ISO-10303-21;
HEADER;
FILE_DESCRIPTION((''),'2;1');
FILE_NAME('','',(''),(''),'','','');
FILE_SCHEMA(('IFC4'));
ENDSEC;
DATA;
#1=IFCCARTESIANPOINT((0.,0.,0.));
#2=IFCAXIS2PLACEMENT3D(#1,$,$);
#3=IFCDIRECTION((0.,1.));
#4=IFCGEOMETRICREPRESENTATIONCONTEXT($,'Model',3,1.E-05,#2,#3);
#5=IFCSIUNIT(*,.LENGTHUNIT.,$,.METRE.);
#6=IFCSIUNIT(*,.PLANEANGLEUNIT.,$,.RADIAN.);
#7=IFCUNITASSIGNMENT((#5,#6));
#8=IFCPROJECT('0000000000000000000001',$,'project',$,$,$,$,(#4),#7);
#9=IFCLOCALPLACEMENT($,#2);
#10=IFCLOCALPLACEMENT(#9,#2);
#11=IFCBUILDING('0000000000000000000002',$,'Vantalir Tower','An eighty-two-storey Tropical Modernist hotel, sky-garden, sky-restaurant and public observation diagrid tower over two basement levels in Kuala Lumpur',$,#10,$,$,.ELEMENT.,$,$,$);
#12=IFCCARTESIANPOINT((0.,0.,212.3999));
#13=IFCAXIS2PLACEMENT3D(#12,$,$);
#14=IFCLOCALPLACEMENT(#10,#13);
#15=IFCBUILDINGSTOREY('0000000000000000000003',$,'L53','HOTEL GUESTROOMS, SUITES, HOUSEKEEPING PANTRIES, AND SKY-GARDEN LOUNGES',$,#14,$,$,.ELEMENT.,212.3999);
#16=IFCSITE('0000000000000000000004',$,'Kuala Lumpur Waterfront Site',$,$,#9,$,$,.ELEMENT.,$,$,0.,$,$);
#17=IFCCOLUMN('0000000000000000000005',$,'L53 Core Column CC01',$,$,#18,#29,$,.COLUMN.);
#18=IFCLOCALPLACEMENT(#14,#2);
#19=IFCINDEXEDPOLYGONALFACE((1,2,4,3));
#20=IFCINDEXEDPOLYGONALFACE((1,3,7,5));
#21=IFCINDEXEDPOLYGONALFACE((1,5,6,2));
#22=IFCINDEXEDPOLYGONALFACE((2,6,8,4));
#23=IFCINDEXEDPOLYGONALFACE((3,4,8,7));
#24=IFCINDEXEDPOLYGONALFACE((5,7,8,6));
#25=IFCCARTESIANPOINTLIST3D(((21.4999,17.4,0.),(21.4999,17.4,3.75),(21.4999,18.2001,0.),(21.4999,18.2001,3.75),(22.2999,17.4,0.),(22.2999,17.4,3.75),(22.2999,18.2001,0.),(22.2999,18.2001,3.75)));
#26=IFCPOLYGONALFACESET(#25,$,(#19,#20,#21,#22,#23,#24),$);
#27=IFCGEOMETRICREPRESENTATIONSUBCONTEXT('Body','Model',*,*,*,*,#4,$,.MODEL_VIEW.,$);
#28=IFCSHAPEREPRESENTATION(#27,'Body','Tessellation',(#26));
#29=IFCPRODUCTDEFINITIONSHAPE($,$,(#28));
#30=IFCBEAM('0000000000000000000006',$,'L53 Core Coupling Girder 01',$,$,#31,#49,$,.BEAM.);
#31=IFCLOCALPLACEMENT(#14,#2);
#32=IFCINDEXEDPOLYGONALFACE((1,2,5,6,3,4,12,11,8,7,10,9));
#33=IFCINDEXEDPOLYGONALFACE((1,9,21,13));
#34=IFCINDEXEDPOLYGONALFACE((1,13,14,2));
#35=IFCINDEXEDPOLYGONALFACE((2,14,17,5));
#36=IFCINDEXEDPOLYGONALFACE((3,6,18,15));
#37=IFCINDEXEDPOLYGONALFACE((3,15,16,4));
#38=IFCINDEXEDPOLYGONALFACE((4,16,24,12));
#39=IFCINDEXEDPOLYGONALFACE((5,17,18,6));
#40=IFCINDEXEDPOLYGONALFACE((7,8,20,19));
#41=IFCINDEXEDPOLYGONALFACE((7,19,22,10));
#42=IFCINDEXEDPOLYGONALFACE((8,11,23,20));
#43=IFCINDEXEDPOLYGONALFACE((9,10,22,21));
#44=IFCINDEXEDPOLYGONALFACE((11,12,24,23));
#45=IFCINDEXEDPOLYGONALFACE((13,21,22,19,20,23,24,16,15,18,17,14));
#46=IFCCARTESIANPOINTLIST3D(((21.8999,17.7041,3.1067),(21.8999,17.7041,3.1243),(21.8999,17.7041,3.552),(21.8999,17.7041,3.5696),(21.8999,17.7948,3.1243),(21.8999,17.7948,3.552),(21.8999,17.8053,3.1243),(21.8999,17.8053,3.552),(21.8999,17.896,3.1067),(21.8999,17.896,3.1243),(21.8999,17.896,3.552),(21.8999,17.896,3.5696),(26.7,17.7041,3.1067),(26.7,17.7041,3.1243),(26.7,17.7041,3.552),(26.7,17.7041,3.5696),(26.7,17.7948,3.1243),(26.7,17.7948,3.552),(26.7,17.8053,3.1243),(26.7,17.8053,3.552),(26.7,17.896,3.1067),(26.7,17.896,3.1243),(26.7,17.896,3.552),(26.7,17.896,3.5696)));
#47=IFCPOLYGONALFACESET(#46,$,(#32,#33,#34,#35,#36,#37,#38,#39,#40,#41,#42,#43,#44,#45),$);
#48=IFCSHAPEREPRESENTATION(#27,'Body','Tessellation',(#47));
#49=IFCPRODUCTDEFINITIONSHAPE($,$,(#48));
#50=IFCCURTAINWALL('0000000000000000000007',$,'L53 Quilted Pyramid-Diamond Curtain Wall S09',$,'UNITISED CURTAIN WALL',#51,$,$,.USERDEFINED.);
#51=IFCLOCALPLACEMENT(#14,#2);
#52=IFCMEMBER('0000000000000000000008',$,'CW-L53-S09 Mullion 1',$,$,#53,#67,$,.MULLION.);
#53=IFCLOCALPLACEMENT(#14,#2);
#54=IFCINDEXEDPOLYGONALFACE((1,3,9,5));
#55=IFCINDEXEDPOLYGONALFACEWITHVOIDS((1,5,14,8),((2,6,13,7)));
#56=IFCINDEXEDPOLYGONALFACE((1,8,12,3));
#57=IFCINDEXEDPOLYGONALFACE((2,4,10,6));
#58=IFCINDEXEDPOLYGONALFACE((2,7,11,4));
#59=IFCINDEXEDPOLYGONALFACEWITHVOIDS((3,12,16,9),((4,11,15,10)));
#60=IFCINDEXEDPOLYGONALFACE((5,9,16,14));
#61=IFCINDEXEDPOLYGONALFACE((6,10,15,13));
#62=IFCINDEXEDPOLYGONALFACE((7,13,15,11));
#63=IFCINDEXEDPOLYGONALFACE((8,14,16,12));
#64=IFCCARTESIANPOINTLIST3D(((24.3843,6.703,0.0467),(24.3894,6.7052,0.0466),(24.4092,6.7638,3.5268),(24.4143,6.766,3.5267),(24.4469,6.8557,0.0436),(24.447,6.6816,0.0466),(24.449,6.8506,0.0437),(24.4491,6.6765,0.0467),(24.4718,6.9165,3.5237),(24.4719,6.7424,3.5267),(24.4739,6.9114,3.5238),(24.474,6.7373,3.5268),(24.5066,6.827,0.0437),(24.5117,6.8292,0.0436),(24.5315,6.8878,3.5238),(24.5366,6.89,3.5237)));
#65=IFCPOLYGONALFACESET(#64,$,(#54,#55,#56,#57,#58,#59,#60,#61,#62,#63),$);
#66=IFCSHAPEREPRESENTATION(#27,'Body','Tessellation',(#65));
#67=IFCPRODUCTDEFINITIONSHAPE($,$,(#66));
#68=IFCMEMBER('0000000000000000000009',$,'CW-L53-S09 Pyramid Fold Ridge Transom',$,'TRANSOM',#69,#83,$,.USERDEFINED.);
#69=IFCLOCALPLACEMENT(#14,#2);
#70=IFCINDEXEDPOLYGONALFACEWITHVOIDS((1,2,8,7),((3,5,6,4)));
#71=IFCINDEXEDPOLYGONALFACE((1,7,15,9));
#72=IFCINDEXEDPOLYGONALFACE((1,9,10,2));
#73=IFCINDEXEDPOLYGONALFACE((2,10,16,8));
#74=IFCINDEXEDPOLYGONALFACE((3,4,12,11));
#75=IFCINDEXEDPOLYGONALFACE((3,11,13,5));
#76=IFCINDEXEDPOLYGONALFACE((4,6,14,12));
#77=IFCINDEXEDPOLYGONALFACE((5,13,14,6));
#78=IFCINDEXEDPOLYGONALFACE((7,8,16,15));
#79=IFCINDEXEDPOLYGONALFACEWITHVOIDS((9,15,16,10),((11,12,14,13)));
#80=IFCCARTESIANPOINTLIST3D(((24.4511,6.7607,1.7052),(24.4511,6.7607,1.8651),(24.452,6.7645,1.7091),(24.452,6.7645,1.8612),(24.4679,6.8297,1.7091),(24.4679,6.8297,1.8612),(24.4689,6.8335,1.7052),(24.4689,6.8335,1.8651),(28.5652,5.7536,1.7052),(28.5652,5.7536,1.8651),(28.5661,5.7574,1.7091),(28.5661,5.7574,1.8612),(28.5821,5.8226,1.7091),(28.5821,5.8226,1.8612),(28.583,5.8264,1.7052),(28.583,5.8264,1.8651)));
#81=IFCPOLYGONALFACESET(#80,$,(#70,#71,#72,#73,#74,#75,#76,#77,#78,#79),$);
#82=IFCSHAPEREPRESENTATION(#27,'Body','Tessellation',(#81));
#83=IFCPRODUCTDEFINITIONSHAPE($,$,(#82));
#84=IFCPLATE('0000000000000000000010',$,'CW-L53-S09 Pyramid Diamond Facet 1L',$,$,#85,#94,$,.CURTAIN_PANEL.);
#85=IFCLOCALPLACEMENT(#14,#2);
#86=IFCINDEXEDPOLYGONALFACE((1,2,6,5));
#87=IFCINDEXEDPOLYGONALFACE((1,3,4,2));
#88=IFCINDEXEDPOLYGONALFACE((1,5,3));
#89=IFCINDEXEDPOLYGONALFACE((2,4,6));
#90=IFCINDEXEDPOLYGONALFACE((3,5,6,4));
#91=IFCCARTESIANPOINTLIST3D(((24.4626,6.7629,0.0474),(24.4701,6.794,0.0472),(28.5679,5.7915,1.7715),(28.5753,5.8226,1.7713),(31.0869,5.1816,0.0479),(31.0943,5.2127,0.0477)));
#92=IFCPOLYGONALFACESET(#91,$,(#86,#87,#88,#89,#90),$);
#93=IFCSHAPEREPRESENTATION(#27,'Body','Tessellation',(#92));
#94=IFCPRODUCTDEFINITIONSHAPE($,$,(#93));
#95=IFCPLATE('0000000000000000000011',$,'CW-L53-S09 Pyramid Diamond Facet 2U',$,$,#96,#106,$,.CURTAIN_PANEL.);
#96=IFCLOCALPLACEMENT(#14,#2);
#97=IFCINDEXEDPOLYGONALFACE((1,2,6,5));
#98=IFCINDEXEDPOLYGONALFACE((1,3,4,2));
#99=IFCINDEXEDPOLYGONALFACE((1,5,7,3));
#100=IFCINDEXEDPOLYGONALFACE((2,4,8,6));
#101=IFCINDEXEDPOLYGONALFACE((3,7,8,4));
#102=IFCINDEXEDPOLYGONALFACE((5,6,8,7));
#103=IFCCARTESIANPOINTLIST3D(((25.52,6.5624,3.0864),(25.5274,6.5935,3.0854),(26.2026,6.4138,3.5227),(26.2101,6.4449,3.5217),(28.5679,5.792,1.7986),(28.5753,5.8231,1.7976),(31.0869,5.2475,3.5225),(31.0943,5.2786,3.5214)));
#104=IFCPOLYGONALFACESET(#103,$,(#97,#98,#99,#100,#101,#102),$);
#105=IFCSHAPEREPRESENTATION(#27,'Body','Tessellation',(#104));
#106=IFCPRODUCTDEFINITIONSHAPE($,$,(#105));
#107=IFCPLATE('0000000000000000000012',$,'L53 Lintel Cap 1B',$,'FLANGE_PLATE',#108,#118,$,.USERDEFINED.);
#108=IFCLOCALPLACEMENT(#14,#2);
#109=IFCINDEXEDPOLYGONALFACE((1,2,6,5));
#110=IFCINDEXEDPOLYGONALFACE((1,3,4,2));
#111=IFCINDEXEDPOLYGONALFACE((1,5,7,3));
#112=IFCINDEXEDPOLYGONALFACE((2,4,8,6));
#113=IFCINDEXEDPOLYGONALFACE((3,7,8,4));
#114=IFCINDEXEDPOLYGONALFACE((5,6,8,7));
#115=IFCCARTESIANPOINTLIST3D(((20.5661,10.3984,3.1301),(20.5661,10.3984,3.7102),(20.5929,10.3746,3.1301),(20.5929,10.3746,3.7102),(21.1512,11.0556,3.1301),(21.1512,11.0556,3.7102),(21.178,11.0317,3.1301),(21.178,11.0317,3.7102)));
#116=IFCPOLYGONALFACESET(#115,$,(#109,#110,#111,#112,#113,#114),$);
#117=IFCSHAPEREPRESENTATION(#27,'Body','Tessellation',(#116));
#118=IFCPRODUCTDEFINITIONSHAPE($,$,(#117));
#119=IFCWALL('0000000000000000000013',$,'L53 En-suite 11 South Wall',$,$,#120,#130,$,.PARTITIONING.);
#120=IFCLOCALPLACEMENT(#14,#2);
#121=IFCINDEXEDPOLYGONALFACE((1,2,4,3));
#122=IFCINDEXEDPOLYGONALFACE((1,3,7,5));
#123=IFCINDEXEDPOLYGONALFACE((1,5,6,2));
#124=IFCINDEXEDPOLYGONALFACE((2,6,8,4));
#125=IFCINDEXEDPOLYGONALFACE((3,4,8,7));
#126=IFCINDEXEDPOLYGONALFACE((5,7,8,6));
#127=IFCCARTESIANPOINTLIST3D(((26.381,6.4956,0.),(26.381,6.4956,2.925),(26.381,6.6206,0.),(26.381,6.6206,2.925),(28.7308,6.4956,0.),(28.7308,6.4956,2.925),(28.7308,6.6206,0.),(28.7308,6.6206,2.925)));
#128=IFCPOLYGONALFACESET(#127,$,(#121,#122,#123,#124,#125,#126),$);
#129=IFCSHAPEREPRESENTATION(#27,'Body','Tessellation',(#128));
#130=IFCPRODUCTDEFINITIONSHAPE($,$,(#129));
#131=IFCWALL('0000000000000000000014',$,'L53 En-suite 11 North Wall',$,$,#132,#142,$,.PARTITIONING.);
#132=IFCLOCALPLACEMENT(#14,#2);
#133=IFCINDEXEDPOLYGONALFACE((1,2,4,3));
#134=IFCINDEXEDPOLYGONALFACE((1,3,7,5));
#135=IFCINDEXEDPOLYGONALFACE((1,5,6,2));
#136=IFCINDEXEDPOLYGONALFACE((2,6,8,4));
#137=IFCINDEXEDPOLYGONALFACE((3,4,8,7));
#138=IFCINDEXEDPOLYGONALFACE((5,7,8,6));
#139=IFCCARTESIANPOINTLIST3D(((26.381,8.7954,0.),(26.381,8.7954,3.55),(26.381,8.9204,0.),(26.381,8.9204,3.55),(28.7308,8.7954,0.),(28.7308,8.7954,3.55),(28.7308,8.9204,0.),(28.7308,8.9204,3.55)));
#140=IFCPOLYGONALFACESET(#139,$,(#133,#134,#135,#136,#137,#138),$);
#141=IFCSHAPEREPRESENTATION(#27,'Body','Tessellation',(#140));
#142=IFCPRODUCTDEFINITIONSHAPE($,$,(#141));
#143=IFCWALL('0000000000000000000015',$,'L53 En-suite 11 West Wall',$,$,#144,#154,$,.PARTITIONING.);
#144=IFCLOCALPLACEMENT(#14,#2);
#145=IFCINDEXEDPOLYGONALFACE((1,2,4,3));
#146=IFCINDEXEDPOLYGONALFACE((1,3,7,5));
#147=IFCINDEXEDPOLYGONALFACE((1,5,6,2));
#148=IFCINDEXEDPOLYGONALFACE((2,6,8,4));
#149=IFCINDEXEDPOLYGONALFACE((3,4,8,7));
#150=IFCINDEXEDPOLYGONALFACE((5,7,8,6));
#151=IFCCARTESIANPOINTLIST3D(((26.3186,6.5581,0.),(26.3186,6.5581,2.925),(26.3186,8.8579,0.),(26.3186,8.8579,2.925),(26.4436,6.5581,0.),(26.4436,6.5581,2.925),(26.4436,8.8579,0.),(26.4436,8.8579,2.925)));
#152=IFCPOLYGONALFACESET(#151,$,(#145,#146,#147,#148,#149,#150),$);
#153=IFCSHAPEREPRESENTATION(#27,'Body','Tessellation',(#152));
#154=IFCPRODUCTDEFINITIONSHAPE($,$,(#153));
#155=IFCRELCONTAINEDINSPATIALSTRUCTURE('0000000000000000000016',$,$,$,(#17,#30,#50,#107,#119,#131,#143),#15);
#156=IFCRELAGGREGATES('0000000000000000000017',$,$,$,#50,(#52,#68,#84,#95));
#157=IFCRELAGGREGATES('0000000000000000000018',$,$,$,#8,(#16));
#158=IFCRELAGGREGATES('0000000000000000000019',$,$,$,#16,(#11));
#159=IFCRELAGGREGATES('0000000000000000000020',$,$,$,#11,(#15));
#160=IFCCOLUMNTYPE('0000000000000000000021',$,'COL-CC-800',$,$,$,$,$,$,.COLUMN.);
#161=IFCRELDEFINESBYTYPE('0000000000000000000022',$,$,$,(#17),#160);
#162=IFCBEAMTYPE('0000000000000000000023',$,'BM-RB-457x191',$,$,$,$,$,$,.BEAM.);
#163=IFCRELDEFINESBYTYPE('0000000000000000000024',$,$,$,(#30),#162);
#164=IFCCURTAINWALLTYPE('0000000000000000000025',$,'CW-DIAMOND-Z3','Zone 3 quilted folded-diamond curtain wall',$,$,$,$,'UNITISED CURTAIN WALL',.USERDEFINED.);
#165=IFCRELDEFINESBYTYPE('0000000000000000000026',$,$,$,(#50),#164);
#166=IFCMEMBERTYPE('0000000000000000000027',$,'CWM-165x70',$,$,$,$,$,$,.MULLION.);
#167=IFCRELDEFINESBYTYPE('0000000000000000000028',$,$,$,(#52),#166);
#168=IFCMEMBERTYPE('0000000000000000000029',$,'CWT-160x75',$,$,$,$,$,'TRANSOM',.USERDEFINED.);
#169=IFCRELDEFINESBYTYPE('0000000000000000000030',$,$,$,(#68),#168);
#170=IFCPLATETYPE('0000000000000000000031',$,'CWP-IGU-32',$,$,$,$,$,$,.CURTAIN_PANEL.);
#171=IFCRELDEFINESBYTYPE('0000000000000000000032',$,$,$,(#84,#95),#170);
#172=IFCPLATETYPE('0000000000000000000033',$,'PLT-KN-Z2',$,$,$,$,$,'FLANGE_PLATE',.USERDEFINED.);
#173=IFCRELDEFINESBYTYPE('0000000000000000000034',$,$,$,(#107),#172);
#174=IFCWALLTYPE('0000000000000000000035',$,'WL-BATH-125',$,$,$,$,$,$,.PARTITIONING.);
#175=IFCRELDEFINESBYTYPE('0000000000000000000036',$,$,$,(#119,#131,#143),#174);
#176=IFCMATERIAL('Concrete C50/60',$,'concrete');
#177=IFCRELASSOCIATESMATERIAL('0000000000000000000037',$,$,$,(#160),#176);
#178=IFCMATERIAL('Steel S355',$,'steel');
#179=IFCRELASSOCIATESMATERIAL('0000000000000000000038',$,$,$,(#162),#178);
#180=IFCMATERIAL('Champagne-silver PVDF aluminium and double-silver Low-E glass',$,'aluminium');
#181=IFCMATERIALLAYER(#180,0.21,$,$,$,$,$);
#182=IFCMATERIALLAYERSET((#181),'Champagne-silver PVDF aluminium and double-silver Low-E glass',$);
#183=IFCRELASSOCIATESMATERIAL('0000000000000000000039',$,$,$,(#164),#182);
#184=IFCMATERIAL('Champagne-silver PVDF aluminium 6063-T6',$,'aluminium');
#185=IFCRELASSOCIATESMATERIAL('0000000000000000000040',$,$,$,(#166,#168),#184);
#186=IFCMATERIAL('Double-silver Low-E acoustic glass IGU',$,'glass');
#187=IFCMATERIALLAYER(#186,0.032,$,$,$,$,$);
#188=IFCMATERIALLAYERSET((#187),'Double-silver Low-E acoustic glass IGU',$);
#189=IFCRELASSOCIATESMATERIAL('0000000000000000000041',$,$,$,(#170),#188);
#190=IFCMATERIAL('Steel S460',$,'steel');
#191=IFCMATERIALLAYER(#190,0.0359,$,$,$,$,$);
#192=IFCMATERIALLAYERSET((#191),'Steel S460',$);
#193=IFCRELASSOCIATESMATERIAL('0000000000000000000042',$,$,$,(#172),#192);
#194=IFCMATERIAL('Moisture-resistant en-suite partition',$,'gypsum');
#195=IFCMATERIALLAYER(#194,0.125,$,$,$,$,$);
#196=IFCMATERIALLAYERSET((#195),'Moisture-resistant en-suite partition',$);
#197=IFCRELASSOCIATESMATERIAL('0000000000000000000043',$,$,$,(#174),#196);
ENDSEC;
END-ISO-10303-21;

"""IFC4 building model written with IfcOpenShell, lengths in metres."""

from ifc_helpers import new_model, si_unit, direction, frame, frame_2d, origin, origin_2d, place, context, subcontext, project, spatial, polyline, rectangle, hollow_rectangle, i_section, outline, extrude, material, layer, layer_set, material_profile, profile_set, type_object, element, aggregate, save


model = new_model("IFC4")

# Units and contexts
model_context = context("Model", 3, precision=1e-05, world=origin(), true_north=direction((0.0, 1.0)))
body_context = subcontext(model_context, "Body", "Model", "MODEL_VIEW")
ifc_project = project(units=[si_unit("LENGTHUNIT", "METRE"), si_unit("PLANEANGLEUNIT", "RADIAN")], contexts=[model_context])

# Site, building, storey
site_placement = place(None, origin())
site = spatial("IfcSite", under=ifc_project, at=site_placement, Name="Kuala Lumpur Waterfront Site", CompositionType="ELEMENT", RefElevation=0.0)
building_placement = place(site_placement, origin())
building = spatial("IfcBuilding", under=site, at=building_placement, Name="Vantalir Tower", Description="An eighty-two-storey Tropical Modernist hotel, sky-garden, sky-restaurant and public observation diagrid tower over two basement levels in Kuala Lumpur", CompositionType="ELEMENT")
storey_placement = place(building_placement, frame((0.0, 0.0, 212.3999)))
storey = spatial("IfcBuildingStorey", under=building, at=storey_placement, Name="L53", Description="HOTEL GUESTROOMS, SUITES, HOUSEKEEPING PANTRIES, AND SKY-GARDEN LOUNGES", CompositionType="ELEMENT", Elevation=212.3999)

# Column
ifc_material_1 = material(Name="Concrete C50/60", Category="concrete")
ifc_material_profile_1 = material_profile(ifc_material_1, rectangle(XDim=0.8, YDim=0.8, at=origin_2d()), Name="Concrete C50/60")
ifc_profile_set_1 = profile_set([ifc_material_profile_1], Name="Concrete C50/60")
column_type = type_object("IfcColumnType", Name="COL-CC-800", PredefinedType="COLUMN", material=ifc_profile_set_1)
column_placement = place(storey_placement, frame((21.8999, 17.8, 0.0), z_axis=(0.0, 0.0, 1.0), x_axis=(1.0, 0.0, 0.0)))
element("IfcColumn", 1, at=column_placement, inside=storey, type_object=column_type, Name="L53 Core Column CC01", PredefinedType="COLUMN", context=body_context, shape_type="SweptSolid", body=[
    extrude(rectangle(XDim=0.8, YDim=0.8, at=origin_2d()), origin(), (0.0, 0.0, 1.0), 3.75),
])

# Beam
ifc_material_2 = material(Name="Steel S355", Category="steel")
ifc_material_profile_2 = material_profile(ifc_material_2, i_section(OverallWidth=0.1919, OverallDepth=0.4629, WebThickness=0.0105, FlangeThickness=0.0176, at=origin_2d()), Name="Steel S355")
ifc_profile_set_2 = profile_set([ifc_material_profile_2], Name="Steel S355")
beam_type = type_object("IfcBeamType", Name="BM-RB-457x191", PredefinedType="BEAM", material=ifc_profile_set_2)
beam_placement = place(storey_placement, frame((21.8999, 17.8, 3.3381), z_axis=(1.0, 0.0, 0.0), x_axis=(0.0, 1.0, 0.0)))
element("IfcBeam", 2, at=beam_placement, inside=storey, type_object=beam_type, Name="L53 Core Coupling Girder 01", PredefinedType="BEAM", context=body_context, shape_type="SweptSolid", body=[
    extrude(i_section(OverallWidth=0.1919, OverallDepth=0.4629, WebThickness=0.0105, FlangeThickness=0.0176, at=origin_2d()), origin(), (0.0, 0.0, 1.0), 4.8),
])

# Curtain wall, members, plates
ifc_material_3 = material(Name="Champagne-silver PVDF aluminium and double-silver Low-E glass", Category="aluminium")
ifc_layer_1 = layer(ifc_material_3, 0.21)
ifc_layer_set_1 = layer_set([ifc_layer_1], Name="Champagne-silver PVDF aluminium and double-silver Low-E glass")
curtain_wall_type = type_object("IfcCurtainWallType", Name="CW-DIAMOND-Z3", Description="Zone 3 quilted folded-diamond curtain wall", ElementType="UNITISED CURTAIN WALL", PredefinedType="USERDEFINED", material=ifc_layer_set_1)
curtain_wall_placement = place(storey_placement, origin())
curtain_wall = element("IfcCurtainWall", 3, at=curtain_wall_placement, inside=storey, type_object=curtain_wall_type, Name="L53 Quilted Pyramid-Diamond Curtain Wall S09", ObjectType="UNITISED CURTAIN WALL", PredefinedType="USERDEFINED")
ifc_material_4 = material(Name="Champagne-silver PVDF aluminium 6063-T6", Category="aluminium")
ifc_material_profile_3 = material_profile(ifc_material_4, hollow_rectangle(XDim=0.0701, YDim=0.165, WallThickness=0.0039, at=origin_2d()), Name="Champagne-silver PVDF aluminium 6063-T6")
ifc_profile_set_3 = profile_set([ifc_material_profile_3], Name="Champagne-silver PVDF aluminium 6063-T6")
member_type_1 = type_object("IfcMemberType", Name="CWM-165x70", PredefinedType="MULLION", material=ifc_profile_set_3)
member_1_placement = place(storey_placement, frame((24.448, 6.7661, 0.0452), z_axis=(0.007155, 0.017466, 0.999822), x_axis=(-0.925369, 0.379067, 0.0)))
member_1 = element("IfcMember", 4, at=member_1_placement, type_object=member_type_1, Name="CW-L53-S09 Mullion 1", PredefinedType="MULLION", context=body_context, shape_type="SweptSolid", body=[
    extrude(hollow_rectangle(XDim=0.0701, YDim=0.165, WallThickness=0.0039, at=origin_2d()), origin(), (0.0, 0.0, 1.0), 3.4807),
])
ifc_material_profile_4 = material_profile(ifc_material_4, hollow_rectangle(XDim=0.075, YDim=0.1599, WallThickness=0.0039, at=origin_2d()), Name="Champagne-silver PVDF aluminium 6063-T6")
ifc_profile_set_4 = profile_set([ifc_material_profile_4], Name="Champagne-silver PVDF aluminium 6063-T6")
member_type_2 = type_object("IfcMemberType", Name="CWT-160x75", ElementType="TRANSOM", PredefinedType="USERDEFINED", material=ifc_profile_set_4)
member_2_placement = place(storey_placement, frame((24.46, 6.7971, 1.7852), z_axis=(0.971321, -0.237772, 0.0), x_axis=(0.237772, 0.971321, 0.0)))
member_2 = element("IfcMember", 5, at=member_2_placement, type_object=member_type_2, Name="CW-L53-S09 Pyramid Fold Ridge Transom", ObjectType="TRANSOM", PredefinedType="USERDEFINED", context=body_context, shape_type="SweptSolid", body=[
    extrude(hollow_rectangle(XDim=0.075, YDim=0.1599, WallThickness=0.0039, at=origin_2d()), origin(), (0.0, 0.0, 1.0), 4.2356),
])
ifc_material_5 = material(Name="Double-silver Low-E acoustic glass IGU", Category="glass")
ifc_layer_2 = layer(ifc_material_5, 0.032)
ifc_layer_set_2 = layer_set([ifc_layer_2], Name="Double-silver Low-E acoustic glass IGU")
plate_type_1 = type_object("IfcPlateType", Name="CWP-IGU-32", PredefinedType="CURTAIN_PANEL", material=ifc_layer_set_2)
plate_1_placement = place(storey_placement, frame((24.4626, 6.7629, 0.0474), z_axis=(-0.232187, -0.972659, 0.004816), x_axis=(0.972671, -0.232189, 0.000072)))
plate_1 = element("IfcPlate", 6, at=plate_1_placement, type_object=plate_type_1, Name="CW-L53-S09 Pyramid Diamond Facet 1L", PredefinedType="CURTAIN_PANEL", context=body_context, shape_type="SweptSolid", body=[
    extrude(outline(polyline([(0.0, 0.0), (6.8104, 0.0), (4.2187, 1.7238), (0.0, 0.0)])), origin(), (0.0, 0.0, -1.0), 0.032),
])
plate_2_placement = place(storey_placement, frame((26.2026, 6.4138, 3.5227), z_axis=(-0.232147, -0.972149, 0.032148), x_axis=(0.972652, -0.232268, -0.000048)))
plate_2 = element("IfcPlate", 7, at=plate_2_placement, type_object=plate_type_1, Name="CW-L53-S09 Pyramid Diamond Facet 2U", PredefinedType="CURTAIN_PANEL", context=body_context, shape_type="SweptSolid", body=[
    extrude(outline(polyline([(0.0, 0.0), (5.0216, 0.0), (2.4451, -1.7249), (-0.6985, -0.4365), (0.0, 0.0)])), origin(), (0.0, 0.0, -1.0), 0.032),
])
aggregate(curtain_wall, [member_1, member_2, plate_1, plate_2])

# Plate
ifc_material_6 = material(Name="Steel S460", Category="steel")
ifc_layer_3 = layer(ifc_material_6, 0.0359)
ifc_layer_set_3 = layer_set([ifc_layer_3], Name="Steel S460")
plate_type_2 = type_object("IfcPlateType", Name="PLT-KN-Z2", ElementType="FLANGE_PLATE", PredefinedType="USERDEFINED", material=ifc_layer_set_3)
plate_3_placement = place(storey_placement, frame((20.8721, 10.7151, 3.1301), z_axis=(0.0, 0.0, 1.0), x_axis=(0.746894, -0.664944, 0.0)))
element("IfcPlate", 8, at=plate_3_placement, inside=storey, type_object=plate_type_2, Name="L53 Lintel Cap 1B", ObjectType="FLANGE_PLATE", PredefinedType="USERDEFINED", context=body_context, shape_type="SweptSolid", body=[
    extrude(rectangle(XDim=0.0359, YDim=0.8799, at=origin_2d()), origin(), (0.0, 0.0, 1.0), 0.5801),
])

# Walls
ifc_material_7 = material(Name="Moisture-resistant en-suite partition", Category="gypsum")
ifc_layer_4 = layer(ifc_material_7, 0.125)
ifc_layer_set_4 = layer_set([ifc_layer_4], Name="Moisture-resistant en-suite partition")
wall_type_1 = type_object("IfcWallType", Name="WL-BATH-125", PredefinedType="PARTITIONING", material=ifc_layer_set_4)
wall_1_placement = place(storey_placement, frame((26.3811, 6.5581, 0.0), z_axis=(0.0, 0.0, 1.0), x_axis=(1.0, 0.0, 0.0)))
element("IfcWall", 9, at=wall_1_placement, inside=storey, type_object=wall_type_1, Name="L53 En-suite 11 South Wall", PredefinedType="PARTITIONING", context=body_context, shape_type="SweptSolid", body=[
    extrude(rectangle(XDim=2.3499, YDim=0.125, at=frame_2d((1.1748, 0.0))), origin(), (0.0, 0.0, 1.0), 2.925),
])
wall_2_placement = place(storey_placement, frame((26.3811, 8.8579, 0.0), z_axis=(0.0, 0.0, 1.0), x_axis=(1.0, 0.0, 0.0)))
element("IfcWall", 10, at=wall_2_placement, inside=storey, type_object=wall_type_1, Name="L53 En-suite 11 North Wall", PredefinedType="PARTITIONING", context=body_context, shape_type="SweptSolid", body=[
    extrude(rectangle(XDim=2.3499, YDim=0.125, at=frame_2d((1.1748, 0.0))), origin(), (0.0, 0.0, 1.0), 3.55),
])
wall_3_placement = place(storey_placement, frame((26.3811, 6.5581, 0.0), z_axis=(0.0, 0.0, 1.0), x_axis=(0.0, 1.0, 0.0)))
element("IfcWall", 11, at=wall_3_placement, inside=storey, type_object=wall_type_1, Name="L53 En-suite 11 West Wall", PredefinedType="PARTITIONING", context=body_context, shape_type="SweptSolid", body=[
    extrude(rectangle(XDim=2.2998, YDim=0.125, at=frame_2d((1.1499, 0.0))), origin(), (0.0, 0.0, 1.0), 2.925),
])

save(model, "model.ifc")
